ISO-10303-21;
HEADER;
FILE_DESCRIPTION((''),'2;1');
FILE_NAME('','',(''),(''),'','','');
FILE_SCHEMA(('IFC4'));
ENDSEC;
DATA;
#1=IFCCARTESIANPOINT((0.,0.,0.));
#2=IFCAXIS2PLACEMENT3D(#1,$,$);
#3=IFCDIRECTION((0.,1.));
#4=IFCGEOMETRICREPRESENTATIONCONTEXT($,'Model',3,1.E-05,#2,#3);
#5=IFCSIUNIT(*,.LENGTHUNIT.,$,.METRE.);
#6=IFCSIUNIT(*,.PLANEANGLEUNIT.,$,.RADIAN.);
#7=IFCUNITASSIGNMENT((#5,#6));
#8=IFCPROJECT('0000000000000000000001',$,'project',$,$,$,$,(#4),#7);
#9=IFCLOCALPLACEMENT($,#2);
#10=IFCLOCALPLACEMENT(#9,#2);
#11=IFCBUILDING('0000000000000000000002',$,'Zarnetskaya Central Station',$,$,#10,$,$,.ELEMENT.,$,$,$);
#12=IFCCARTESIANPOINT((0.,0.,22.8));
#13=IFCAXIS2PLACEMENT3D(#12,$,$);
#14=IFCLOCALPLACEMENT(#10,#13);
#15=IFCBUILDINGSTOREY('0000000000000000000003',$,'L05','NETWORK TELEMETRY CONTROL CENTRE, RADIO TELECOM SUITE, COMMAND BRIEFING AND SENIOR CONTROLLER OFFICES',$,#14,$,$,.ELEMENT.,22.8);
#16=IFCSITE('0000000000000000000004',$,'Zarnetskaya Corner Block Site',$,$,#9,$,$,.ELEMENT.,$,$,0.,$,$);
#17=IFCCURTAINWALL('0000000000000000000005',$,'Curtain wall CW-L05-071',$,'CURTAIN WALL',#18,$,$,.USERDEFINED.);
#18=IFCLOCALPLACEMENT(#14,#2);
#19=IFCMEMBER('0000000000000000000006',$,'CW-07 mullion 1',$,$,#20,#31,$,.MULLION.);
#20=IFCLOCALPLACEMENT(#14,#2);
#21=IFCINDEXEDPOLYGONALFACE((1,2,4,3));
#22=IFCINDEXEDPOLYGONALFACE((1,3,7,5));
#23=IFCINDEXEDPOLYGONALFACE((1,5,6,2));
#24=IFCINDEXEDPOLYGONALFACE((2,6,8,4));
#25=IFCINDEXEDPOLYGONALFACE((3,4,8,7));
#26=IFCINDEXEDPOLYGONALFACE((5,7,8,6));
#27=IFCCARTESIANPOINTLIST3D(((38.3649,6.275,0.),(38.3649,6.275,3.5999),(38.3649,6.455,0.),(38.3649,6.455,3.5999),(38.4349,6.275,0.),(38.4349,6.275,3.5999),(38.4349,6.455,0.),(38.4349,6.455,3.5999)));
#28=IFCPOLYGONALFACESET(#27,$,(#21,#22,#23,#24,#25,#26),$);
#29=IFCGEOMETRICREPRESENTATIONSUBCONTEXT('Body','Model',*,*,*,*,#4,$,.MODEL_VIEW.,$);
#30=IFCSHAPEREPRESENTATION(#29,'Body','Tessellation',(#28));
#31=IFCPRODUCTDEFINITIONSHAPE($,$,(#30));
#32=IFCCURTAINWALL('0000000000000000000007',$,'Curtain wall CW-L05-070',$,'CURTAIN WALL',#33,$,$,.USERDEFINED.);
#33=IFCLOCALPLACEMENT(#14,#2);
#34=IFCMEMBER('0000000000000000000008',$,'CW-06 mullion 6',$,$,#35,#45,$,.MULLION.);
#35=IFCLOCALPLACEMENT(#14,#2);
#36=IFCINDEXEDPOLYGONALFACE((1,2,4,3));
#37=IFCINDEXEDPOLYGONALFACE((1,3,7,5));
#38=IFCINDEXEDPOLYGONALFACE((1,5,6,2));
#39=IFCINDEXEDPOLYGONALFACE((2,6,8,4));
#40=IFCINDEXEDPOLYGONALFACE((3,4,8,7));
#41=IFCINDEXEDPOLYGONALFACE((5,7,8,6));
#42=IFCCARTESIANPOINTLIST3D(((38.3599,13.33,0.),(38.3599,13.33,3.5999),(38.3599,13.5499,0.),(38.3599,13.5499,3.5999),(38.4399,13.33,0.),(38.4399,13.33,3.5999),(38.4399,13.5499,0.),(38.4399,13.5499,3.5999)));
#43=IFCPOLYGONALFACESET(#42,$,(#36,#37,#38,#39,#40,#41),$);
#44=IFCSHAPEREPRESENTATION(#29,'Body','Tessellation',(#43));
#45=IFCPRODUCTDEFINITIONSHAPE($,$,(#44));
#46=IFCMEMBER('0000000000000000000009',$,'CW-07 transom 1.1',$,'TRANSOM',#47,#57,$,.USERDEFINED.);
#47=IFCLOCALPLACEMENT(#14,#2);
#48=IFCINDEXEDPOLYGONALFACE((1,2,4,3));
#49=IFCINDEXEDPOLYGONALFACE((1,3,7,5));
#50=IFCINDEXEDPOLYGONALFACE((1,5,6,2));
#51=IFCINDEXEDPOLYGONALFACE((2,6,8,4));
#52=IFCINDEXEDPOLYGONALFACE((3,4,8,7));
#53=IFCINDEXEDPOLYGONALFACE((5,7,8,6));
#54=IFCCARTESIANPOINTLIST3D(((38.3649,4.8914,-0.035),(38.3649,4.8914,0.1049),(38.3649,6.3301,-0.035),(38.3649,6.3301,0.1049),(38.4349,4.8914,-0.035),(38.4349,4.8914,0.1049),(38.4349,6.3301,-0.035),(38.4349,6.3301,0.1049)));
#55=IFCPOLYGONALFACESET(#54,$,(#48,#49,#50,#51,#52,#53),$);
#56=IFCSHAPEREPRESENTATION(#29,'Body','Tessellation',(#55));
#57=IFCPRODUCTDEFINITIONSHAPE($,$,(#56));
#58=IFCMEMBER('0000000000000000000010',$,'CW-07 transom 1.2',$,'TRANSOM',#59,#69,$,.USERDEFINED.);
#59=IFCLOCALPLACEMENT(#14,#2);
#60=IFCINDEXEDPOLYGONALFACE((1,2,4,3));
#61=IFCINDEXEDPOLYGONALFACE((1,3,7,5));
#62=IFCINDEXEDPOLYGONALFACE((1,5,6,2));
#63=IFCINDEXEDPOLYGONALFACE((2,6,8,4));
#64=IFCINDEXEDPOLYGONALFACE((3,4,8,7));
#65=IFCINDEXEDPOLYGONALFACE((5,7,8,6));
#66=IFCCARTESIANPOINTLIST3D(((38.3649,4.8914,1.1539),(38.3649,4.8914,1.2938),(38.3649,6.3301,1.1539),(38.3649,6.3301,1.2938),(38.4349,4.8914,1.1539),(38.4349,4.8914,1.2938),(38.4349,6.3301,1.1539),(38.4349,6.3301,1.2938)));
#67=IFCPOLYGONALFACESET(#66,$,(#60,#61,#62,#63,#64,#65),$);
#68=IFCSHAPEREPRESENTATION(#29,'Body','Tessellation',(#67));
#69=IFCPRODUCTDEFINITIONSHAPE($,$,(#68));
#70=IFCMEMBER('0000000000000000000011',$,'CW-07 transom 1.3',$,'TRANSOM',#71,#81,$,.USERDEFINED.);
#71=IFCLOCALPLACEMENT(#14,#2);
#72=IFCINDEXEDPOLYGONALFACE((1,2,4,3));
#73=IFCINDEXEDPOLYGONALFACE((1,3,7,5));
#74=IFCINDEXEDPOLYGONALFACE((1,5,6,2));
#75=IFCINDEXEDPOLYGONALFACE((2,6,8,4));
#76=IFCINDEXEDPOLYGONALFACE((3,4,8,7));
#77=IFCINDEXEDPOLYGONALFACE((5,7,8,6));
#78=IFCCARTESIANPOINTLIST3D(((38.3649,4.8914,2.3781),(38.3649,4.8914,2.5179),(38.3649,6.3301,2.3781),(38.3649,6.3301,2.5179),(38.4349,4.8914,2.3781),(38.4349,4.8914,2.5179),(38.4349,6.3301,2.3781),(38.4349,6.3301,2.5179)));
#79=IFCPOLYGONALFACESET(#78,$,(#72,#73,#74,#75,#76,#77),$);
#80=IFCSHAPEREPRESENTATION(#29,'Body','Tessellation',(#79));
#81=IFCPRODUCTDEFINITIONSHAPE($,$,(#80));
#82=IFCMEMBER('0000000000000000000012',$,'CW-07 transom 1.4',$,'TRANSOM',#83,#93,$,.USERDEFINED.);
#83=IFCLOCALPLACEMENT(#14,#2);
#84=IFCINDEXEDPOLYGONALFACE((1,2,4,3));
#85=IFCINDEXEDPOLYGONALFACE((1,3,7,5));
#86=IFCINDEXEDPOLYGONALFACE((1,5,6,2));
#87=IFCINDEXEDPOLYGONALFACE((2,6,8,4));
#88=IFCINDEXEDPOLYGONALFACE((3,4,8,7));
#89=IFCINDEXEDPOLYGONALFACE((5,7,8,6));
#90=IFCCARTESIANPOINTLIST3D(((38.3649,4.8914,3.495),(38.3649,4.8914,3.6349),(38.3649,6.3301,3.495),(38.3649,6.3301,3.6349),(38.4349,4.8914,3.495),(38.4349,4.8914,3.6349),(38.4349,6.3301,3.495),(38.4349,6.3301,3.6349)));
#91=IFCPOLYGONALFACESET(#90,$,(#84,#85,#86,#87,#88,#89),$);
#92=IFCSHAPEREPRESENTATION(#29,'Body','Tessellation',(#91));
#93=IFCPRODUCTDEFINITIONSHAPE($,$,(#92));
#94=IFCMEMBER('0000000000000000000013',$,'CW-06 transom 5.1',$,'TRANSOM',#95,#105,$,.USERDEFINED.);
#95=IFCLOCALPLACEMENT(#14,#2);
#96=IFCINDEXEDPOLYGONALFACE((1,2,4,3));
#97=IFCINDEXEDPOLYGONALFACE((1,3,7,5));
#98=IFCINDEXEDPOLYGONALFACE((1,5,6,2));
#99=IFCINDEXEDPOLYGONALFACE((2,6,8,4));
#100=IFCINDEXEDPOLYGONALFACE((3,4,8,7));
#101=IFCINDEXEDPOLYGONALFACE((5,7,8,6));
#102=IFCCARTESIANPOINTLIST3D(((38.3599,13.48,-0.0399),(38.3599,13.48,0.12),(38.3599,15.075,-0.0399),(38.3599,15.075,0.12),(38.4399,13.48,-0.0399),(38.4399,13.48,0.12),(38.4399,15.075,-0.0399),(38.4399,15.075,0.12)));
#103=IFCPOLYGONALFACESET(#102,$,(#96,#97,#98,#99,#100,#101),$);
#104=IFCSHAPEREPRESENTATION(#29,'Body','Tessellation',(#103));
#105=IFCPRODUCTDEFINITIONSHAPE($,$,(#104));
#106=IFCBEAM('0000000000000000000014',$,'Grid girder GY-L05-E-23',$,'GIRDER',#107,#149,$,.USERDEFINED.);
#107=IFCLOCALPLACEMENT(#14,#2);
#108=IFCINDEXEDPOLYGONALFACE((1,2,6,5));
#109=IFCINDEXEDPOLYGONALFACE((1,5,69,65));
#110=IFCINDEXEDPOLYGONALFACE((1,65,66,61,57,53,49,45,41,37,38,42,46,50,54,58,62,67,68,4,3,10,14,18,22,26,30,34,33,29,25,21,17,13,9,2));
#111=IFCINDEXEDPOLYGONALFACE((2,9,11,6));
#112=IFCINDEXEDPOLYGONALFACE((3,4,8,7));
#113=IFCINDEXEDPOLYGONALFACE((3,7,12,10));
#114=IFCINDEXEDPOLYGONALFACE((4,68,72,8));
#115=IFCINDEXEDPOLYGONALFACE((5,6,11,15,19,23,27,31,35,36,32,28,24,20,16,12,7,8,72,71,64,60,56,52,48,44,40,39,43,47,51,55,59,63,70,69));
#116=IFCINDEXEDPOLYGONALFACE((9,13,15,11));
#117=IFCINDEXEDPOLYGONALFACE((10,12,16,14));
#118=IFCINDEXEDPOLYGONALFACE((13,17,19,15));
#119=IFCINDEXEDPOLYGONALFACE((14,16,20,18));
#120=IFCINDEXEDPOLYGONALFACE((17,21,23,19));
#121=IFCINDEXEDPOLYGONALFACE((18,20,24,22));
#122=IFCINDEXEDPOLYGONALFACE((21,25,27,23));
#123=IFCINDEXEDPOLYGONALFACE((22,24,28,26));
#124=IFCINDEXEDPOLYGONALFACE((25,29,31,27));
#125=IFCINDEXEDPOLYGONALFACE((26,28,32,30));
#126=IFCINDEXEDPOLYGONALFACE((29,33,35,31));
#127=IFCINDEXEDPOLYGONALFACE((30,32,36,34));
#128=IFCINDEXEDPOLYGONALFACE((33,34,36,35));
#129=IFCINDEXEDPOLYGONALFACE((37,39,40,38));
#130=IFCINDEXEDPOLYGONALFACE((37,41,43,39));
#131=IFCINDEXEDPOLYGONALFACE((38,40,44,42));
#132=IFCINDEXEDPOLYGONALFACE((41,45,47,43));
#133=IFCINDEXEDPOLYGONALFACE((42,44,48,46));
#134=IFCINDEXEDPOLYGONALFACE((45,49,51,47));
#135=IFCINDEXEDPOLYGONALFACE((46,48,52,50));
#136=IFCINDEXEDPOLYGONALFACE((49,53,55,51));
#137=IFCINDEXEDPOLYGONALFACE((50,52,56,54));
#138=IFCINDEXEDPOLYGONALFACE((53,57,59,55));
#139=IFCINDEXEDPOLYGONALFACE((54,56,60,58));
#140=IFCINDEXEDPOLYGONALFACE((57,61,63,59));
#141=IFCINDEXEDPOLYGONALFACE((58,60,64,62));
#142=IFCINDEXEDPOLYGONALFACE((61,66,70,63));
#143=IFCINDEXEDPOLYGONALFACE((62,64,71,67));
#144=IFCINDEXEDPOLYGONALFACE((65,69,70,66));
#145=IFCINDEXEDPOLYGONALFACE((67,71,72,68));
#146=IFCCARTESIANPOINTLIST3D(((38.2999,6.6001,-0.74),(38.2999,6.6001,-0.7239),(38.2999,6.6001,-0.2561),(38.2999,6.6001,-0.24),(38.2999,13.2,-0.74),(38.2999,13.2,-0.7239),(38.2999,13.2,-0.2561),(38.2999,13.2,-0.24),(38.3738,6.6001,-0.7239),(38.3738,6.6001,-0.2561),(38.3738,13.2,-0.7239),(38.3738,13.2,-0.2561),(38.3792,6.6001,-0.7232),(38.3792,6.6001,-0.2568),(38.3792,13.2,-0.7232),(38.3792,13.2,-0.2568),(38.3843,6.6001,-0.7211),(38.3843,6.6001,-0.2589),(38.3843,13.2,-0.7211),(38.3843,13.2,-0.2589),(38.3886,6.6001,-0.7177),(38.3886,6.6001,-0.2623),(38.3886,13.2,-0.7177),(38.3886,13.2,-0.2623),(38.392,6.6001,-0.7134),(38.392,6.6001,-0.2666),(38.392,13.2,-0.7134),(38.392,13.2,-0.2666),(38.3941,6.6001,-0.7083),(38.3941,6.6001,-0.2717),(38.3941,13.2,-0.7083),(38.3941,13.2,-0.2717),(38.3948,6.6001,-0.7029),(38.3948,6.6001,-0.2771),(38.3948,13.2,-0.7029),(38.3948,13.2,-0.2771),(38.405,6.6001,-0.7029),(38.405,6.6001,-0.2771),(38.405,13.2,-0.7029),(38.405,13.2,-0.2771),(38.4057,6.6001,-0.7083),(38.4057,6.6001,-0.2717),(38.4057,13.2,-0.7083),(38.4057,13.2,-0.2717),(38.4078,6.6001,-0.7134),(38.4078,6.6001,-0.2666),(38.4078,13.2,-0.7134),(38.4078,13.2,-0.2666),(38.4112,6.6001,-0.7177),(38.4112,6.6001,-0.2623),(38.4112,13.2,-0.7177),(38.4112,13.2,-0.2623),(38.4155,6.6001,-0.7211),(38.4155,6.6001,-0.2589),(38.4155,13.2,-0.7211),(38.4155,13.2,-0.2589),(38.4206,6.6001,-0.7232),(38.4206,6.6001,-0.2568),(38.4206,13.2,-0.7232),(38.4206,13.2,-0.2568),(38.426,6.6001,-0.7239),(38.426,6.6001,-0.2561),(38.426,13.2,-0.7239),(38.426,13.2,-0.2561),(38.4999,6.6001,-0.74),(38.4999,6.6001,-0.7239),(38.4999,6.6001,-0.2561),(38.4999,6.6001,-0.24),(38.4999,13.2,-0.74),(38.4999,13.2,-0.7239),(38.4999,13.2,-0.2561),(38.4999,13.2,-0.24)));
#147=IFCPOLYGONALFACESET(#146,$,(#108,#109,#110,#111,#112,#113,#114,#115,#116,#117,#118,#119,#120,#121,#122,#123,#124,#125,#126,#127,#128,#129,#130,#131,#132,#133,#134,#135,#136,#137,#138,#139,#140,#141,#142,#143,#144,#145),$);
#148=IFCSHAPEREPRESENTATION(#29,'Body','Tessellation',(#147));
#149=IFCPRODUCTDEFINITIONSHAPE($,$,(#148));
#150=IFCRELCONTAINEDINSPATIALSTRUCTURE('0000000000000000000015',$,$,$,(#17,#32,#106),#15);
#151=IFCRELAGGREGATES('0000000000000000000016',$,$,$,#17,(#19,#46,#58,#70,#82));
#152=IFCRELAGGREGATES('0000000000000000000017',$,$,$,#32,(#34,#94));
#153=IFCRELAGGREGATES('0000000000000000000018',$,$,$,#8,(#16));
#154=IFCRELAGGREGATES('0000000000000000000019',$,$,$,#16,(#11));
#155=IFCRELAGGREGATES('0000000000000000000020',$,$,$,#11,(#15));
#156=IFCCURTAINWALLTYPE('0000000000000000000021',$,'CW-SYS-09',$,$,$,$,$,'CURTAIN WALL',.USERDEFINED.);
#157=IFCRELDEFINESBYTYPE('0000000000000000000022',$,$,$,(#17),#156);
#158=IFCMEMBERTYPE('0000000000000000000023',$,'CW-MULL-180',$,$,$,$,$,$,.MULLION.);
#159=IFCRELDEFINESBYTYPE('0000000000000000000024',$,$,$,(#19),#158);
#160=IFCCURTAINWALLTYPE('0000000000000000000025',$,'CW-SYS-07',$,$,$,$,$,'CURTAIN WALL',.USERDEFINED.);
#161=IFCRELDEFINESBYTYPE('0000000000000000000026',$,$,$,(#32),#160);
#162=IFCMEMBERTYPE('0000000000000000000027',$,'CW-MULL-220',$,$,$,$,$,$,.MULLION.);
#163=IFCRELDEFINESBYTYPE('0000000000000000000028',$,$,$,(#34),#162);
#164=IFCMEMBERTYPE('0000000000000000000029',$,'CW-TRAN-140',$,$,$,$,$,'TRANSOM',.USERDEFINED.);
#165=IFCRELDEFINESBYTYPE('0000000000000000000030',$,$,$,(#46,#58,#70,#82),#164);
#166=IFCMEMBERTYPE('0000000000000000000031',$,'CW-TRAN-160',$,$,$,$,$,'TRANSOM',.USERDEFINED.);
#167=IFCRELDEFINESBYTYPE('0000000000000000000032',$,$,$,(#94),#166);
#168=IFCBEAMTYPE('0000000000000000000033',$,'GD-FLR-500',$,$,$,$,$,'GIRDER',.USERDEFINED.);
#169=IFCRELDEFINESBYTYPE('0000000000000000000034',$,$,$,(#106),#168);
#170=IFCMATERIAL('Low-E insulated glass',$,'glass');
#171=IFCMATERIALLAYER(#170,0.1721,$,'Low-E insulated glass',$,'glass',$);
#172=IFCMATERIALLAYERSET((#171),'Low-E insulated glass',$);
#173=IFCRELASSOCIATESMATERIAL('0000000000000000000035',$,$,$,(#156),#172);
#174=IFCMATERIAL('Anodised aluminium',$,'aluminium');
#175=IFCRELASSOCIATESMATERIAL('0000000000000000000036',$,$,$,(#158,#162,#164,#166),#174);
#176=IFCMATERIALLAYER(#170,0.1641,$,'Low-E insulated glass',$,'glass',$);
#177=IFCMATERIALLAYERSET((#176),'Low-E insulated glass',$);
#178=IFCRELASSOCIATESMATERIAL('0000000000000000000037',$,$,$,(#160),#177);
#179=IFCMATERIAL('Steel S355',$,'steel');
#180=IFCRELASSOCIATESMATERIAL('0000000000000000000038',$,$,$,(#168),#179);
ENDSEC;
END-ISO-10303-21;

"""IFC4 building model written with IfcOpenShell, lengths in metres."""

from ifc_helpers import new_model, si_unit, direction, frame, origin, origin_2d, place, context, subcontext, project, spatial, rectangle, i_section, extrude, material, layer, layer_set, material_profile, profile_set, type_object, element, aggregate, save


model = new_model("IFC4")

# Units and contexts
model_context = context("Model", 3, precision=1e-05, world=origin(), true_north=direction((0.0, 1.0)))
body_context = subcontext(model_context, "Body", "Model", "MODEL_VIEW")
ifc_project = project(units=[si_unit("LENGTHUNIT", "METRE"), si_unit("PLANEANGLEUNIT", "RADIAN")], contexts=[model_context])

# Site, building, storey
site_placement = place(None, origin())
site = spatial("IfcSite", under=ifc_project, at=site_placement, Name="Zarnetskaya Corner Block Site", CompositionType="ELEMENT", RefElevation=0.0)
building_placement = place(site_placement, origin())
building = spatial("IfcBuilding", under=site, at=building_placement, Name="Zarnetskaya Central Station", CompositionType="ELEMENT")
storey_placement = place(building_placement, frame((0.0, 0.0, 22.8)))
storey = spatial("IfcBuildingStorey", under=building, at=storey_placement, Name="L05", Description="NETWORK TELEMETRY CONTROL CENTRE, RADIO TELECOM SUITE, COMMAND BRIEFING AND SENIOR CONTROLLER OFFICES", CompositionType="ELEMENT", Elevation=22.8)

# Shared definitions
ifc_material_1 = material(Name="Steel S355", Category="steel")

# Curtain walls, members
ifc_material_2 = material(Name="Low-E insulated glass", Category="glass")
ifc_layer_1 = layer(ifc_material_2, 0.1721, Name="Low-E insulated glass", Category="glass")
ifc_layer_set_1 = layer_set([ifc_layer_1], Name="Low-E insulated glass")
curtain_wall_type_1 = type_object("IfcCurtainWallType", Name="CW-SYS-09", ElementType="CURTAIN WALL", PredefinedType="USERDEFINED", material=ifc_layer_set_1)
curtain_wall_1_placement = place(storey_placement, origin())
curtain_wall_1 = element("IfcCurtainWall", 1, at=curtain_wall_1_placement, inside=storey, type_object=curtain_wall_type_1, Name="Curtain wall CW-L05-071", ObjectType="CURTAIN WALL", PredefinedType="USERDEFINED")
ifc_material_3 = material(Name="Anodised aluminium", Category="aluminium")
ifc_material_profile_1 = material_profile(ifc_material_3, rectangle(XDim=0.0701, YDim=0.1799, at=origin_2d()), Name="ALU MULL 70x180")
ifc_profile_set_1 = profile_set([ifc_material_profile_1], Name="Anodised aluminium")
member_type_1 = type_object("IfcMemberType", Name="CW-MULL-180", PredefinedType="MULLION", material=ifc_profile_set_1)
member_1_placement = place(storey_placement, frame((38.3999, 6.365, 0.0), z_axis=(0.0, 0.0, 1.0), x_axis=(1.0, 0.0, 0.0)))
member_1 = element("IfcMember", 2, at=member_1_placement, type_object=member_type_1, Name="CW-07 mullion 1", PredefinedType="MULLION", context=body_context, shape_type="SweptSolid", body=[
    extrude(rectangle(XDim=0.0701, YDim=0.1799, at=origin_2d()), origin(), (0.0, 0.0, 1.0), 3.5999),
])
ifc_layer_2 = layer(ifc_material_2, 0.1641, Name="Low-E insulated glass", Category="glass")
ifc_layer_set_2 = layer_set([ifc_layer_2], Name="Low-E insulated glass")
curtain_wall_type_2 = type_object("IfcCurtainWallType", Name="CW-SYS-07", ElementType="CURTAIN WALL", PredefinedType="USERDEFINED", material=ifc_layer_set_2)
curtain_wall_2_placement = place(storey_placement, origin())
curtain_wall_2 = element("IfcCurtainWall", 3, at=curtain_wall_2_placement, inside=storey, type_object=curtain_wall_type_2, Name="Curtain wall CW-L05-070", ObjectType="CURTAIN WALL", PredefinedType="USERDEFINED")
ifc_material_profile_2 = material_profile(ifc_material_3, rectangle(XDim=0.0801, YDim=0.22, at=origin_2d()), Name="ALU MULL 80x220")
ifc_profile_set_2 = profile_set([ifc_material_profile_2], Name="Anodised aluminium")
member_type_2 = type_object("IfcMemberType", Name="CW-MULL-220", PredefinedType="MULLION", material=ifc_profile_set_2)
member_2_placement = place(storey_placement, frame((38.3999, 13.4399, 0.0), z_axis=(0.0, 0.0, 1.0), x_axis=(1.0, 0.0, 0.0)))
member_2 = element("IfcMember", 4, at=member_2_placement, type_object=member_type_2, Name="CW-06 mullion 6", PredefinedType="MULLION", context=body_context, shape_type="SweptSolid", body=[
    extrude(rectangle(XDim=0.0801, YDim=0.22, at=origin_2d()), origin(), (0.0, 0.0, 1.0), 3.5999),
])

# Members
ifc_material_profile_3 = material_profile(ifc_material_3, rectangle(XDim=0.0701, YDim=0.1399, at=origin_2d()), Name="ALU TRAN 70x140")
ifc_profile_set_3 = profile_set([ifc_material_profile_3], Name="Anodised aluminium")
member_type_3 = type_object("IfcMemberType", Name="CW-TRAN-140", ElementType="TRANSOM", PredefinedType="USERDEFINED", material=ifc_profile_set_3)
member_3_placement = place(storey_placement, frame((38.3999, 6.3301, 0.0349), z_axis=(0.0, -1.0, 0.0), x_axis=(1.0, 0.0, 0.0)))
member_3 = element("IfcMember", 5, at=member_3_placement, type_object=member_type_3, Name="CW-07 transom 1.1", ObjectType="TRANSOM", PredefinedType="USERDEFINED", context=body_context, shape_type="SweptSolid", body=[
    extrude(rectangle(XDim=0.0701, YDim=0.1399, at=origin_2d()), origin(), (0.0, 0.0, 1.0), 1.4387),
])
member_4_placement = place(storey_placement, frame((38.3999, 6.3301, 1.2239), z_axis=(0.0, -1.0, 0.0), x_axis=(1.0, 0.0, 0.0)))
member_4 = element("IfcMember", 6, at=member_4_placement, type_object=member_type_3, Name="CW-07 transom 1.2", ObjectType="TRANSOM", PredefinedType="USERDEFINED", context=body_context, shape_type="SweptSolid", body=[
    extrude(rectangle(XDim=0.0701, YDim=0.1399, at=origin_2d()), origin(), (0.0, 0.0, 1.0), 1.4387),
])
member_5_placement = place(storey_placement, frame((38.3999, 6.3301, 2.448), z_axis=(0.0, -1.0, 0.0), x_axis=(1.0, 0.0, 0.0)))
member_5 = element("IfcMember", 7, at=member_5_placement, type_object=member_type_3, Name="CW-07 transom 1.3", ObjectType="TRANSOM", PredefinedType="USERDEFINED", context=body_context, shape_type="SweptSolid", body=[
    extrude(rectangle(XDim=0.0701, YDim=0.1399, at=origin_2d()), origin(), (0.0, 0.0, 1.0), 1.4387),
])
member_6_placement = place(storey_placement, frame((38.3999, 6.3301, 3.5649), z_axis=(0.0, -1.0, 0.0), x_axis=(1.0, 0.0, 0.0)))
member_6 = element("IfcMember", 8, at=member_6_placement, type_object=member_type_3, Name="CW-07 transom 1.4", ObjectType="TRANSOM", PredefinedType="USERDEFINED", context=body_context, shape_type="SweptSolid", body=[
    extrude(rectangle(XDim=0.0701, YDim=0.1399, at=origin_2d()), origin(), (0.0, 0.0, 1.0), 1.4387),
])
aggregate(curtain_wall_1, [member_1, member_3, member_4, member_5, member_6])
ifc_material_profile_4 = material_profile(ifc_material_3, rectangle(XDim=0.0801, YDim=0.1599, at=origin_2d()), Name="ALU TRAN 80x160")
ifc_profile_set_4 = profile_set([ifc_material_profile_4], Name="Anodised aluminium")
member_type_4 = type_object("IfcMemberType", Name="CW-TRAN-160", ElementType="TRANSOM", PredefinedType="USERDEFINED", material=ifc_profile_set_4)
member_7_placement = place(storey_placement, frame((38.3999, 15.075, 0.04), z_axis=(0.0, -1.0, 0.0), x_axis=(1.0, 0.0, 0.0)))
member_7 = element("IfcMember", 9, at=member_7_placement, type_object=member_type_4, Name="CW-06 transom 5.1", ObjectType="TRANSOM", PredefinedType="USERDEFINED", context=body_context, shape_type="SweptSolid", body=[
    extrude(rectangle(XDim=0.0801, YDim=0.1599, at=origin_2d()), origin(), (0.0, 0.0, 1.0), 1.595),
])

# Beam
ifc_material_profile_5 = material_profile(ifc_material_1, i_section(OverallWidth=0.2, OverallDepth=0.5, WebThickness=0.0103, FlangeThickness=0.0161, FilletRadius=0.021, at=origin_2d()), Name="IPE 500")
ifc_profile_set_5 = profile_set([ifc_material_profile_5], Name="Steel S355")
beam_type_1 = type_object("IfcBeamType", Name="GD-FLR-500", ElementType="GIRDER", PredefinedType="USERDEFINED", material=ifc_profile_set_5)
beam_1_placement = place(storey_placement, frame((38.3999, 6.6001, -0.49), z_axis=(0.0, 1.0, 0.0), x_axis=(-1.0, 0.0, 0.0)))
element("IfcBeam", 10, at=beam_1_placement, inside=storey, type_object=beam_type_1, Name="Grid girder GY-L05-E-23", ObjectType="GIRDER", PredefinedType="USERDEFINED", context=body_context, shape_type="SweptSolid", body=[
    extrude(i_section(OverallWidth=0.2, OverallDepth=0.5, WebThickness=0.0103, FlangeThickness=0.0161, FilletRadius=0.021, at=origin_2d()), origin(), (0.0, 0.0, 1.0), 6.5999),
])

aggregate(curtain_wall_2, [member_2, member_7])

save(model, "model.ifc")
